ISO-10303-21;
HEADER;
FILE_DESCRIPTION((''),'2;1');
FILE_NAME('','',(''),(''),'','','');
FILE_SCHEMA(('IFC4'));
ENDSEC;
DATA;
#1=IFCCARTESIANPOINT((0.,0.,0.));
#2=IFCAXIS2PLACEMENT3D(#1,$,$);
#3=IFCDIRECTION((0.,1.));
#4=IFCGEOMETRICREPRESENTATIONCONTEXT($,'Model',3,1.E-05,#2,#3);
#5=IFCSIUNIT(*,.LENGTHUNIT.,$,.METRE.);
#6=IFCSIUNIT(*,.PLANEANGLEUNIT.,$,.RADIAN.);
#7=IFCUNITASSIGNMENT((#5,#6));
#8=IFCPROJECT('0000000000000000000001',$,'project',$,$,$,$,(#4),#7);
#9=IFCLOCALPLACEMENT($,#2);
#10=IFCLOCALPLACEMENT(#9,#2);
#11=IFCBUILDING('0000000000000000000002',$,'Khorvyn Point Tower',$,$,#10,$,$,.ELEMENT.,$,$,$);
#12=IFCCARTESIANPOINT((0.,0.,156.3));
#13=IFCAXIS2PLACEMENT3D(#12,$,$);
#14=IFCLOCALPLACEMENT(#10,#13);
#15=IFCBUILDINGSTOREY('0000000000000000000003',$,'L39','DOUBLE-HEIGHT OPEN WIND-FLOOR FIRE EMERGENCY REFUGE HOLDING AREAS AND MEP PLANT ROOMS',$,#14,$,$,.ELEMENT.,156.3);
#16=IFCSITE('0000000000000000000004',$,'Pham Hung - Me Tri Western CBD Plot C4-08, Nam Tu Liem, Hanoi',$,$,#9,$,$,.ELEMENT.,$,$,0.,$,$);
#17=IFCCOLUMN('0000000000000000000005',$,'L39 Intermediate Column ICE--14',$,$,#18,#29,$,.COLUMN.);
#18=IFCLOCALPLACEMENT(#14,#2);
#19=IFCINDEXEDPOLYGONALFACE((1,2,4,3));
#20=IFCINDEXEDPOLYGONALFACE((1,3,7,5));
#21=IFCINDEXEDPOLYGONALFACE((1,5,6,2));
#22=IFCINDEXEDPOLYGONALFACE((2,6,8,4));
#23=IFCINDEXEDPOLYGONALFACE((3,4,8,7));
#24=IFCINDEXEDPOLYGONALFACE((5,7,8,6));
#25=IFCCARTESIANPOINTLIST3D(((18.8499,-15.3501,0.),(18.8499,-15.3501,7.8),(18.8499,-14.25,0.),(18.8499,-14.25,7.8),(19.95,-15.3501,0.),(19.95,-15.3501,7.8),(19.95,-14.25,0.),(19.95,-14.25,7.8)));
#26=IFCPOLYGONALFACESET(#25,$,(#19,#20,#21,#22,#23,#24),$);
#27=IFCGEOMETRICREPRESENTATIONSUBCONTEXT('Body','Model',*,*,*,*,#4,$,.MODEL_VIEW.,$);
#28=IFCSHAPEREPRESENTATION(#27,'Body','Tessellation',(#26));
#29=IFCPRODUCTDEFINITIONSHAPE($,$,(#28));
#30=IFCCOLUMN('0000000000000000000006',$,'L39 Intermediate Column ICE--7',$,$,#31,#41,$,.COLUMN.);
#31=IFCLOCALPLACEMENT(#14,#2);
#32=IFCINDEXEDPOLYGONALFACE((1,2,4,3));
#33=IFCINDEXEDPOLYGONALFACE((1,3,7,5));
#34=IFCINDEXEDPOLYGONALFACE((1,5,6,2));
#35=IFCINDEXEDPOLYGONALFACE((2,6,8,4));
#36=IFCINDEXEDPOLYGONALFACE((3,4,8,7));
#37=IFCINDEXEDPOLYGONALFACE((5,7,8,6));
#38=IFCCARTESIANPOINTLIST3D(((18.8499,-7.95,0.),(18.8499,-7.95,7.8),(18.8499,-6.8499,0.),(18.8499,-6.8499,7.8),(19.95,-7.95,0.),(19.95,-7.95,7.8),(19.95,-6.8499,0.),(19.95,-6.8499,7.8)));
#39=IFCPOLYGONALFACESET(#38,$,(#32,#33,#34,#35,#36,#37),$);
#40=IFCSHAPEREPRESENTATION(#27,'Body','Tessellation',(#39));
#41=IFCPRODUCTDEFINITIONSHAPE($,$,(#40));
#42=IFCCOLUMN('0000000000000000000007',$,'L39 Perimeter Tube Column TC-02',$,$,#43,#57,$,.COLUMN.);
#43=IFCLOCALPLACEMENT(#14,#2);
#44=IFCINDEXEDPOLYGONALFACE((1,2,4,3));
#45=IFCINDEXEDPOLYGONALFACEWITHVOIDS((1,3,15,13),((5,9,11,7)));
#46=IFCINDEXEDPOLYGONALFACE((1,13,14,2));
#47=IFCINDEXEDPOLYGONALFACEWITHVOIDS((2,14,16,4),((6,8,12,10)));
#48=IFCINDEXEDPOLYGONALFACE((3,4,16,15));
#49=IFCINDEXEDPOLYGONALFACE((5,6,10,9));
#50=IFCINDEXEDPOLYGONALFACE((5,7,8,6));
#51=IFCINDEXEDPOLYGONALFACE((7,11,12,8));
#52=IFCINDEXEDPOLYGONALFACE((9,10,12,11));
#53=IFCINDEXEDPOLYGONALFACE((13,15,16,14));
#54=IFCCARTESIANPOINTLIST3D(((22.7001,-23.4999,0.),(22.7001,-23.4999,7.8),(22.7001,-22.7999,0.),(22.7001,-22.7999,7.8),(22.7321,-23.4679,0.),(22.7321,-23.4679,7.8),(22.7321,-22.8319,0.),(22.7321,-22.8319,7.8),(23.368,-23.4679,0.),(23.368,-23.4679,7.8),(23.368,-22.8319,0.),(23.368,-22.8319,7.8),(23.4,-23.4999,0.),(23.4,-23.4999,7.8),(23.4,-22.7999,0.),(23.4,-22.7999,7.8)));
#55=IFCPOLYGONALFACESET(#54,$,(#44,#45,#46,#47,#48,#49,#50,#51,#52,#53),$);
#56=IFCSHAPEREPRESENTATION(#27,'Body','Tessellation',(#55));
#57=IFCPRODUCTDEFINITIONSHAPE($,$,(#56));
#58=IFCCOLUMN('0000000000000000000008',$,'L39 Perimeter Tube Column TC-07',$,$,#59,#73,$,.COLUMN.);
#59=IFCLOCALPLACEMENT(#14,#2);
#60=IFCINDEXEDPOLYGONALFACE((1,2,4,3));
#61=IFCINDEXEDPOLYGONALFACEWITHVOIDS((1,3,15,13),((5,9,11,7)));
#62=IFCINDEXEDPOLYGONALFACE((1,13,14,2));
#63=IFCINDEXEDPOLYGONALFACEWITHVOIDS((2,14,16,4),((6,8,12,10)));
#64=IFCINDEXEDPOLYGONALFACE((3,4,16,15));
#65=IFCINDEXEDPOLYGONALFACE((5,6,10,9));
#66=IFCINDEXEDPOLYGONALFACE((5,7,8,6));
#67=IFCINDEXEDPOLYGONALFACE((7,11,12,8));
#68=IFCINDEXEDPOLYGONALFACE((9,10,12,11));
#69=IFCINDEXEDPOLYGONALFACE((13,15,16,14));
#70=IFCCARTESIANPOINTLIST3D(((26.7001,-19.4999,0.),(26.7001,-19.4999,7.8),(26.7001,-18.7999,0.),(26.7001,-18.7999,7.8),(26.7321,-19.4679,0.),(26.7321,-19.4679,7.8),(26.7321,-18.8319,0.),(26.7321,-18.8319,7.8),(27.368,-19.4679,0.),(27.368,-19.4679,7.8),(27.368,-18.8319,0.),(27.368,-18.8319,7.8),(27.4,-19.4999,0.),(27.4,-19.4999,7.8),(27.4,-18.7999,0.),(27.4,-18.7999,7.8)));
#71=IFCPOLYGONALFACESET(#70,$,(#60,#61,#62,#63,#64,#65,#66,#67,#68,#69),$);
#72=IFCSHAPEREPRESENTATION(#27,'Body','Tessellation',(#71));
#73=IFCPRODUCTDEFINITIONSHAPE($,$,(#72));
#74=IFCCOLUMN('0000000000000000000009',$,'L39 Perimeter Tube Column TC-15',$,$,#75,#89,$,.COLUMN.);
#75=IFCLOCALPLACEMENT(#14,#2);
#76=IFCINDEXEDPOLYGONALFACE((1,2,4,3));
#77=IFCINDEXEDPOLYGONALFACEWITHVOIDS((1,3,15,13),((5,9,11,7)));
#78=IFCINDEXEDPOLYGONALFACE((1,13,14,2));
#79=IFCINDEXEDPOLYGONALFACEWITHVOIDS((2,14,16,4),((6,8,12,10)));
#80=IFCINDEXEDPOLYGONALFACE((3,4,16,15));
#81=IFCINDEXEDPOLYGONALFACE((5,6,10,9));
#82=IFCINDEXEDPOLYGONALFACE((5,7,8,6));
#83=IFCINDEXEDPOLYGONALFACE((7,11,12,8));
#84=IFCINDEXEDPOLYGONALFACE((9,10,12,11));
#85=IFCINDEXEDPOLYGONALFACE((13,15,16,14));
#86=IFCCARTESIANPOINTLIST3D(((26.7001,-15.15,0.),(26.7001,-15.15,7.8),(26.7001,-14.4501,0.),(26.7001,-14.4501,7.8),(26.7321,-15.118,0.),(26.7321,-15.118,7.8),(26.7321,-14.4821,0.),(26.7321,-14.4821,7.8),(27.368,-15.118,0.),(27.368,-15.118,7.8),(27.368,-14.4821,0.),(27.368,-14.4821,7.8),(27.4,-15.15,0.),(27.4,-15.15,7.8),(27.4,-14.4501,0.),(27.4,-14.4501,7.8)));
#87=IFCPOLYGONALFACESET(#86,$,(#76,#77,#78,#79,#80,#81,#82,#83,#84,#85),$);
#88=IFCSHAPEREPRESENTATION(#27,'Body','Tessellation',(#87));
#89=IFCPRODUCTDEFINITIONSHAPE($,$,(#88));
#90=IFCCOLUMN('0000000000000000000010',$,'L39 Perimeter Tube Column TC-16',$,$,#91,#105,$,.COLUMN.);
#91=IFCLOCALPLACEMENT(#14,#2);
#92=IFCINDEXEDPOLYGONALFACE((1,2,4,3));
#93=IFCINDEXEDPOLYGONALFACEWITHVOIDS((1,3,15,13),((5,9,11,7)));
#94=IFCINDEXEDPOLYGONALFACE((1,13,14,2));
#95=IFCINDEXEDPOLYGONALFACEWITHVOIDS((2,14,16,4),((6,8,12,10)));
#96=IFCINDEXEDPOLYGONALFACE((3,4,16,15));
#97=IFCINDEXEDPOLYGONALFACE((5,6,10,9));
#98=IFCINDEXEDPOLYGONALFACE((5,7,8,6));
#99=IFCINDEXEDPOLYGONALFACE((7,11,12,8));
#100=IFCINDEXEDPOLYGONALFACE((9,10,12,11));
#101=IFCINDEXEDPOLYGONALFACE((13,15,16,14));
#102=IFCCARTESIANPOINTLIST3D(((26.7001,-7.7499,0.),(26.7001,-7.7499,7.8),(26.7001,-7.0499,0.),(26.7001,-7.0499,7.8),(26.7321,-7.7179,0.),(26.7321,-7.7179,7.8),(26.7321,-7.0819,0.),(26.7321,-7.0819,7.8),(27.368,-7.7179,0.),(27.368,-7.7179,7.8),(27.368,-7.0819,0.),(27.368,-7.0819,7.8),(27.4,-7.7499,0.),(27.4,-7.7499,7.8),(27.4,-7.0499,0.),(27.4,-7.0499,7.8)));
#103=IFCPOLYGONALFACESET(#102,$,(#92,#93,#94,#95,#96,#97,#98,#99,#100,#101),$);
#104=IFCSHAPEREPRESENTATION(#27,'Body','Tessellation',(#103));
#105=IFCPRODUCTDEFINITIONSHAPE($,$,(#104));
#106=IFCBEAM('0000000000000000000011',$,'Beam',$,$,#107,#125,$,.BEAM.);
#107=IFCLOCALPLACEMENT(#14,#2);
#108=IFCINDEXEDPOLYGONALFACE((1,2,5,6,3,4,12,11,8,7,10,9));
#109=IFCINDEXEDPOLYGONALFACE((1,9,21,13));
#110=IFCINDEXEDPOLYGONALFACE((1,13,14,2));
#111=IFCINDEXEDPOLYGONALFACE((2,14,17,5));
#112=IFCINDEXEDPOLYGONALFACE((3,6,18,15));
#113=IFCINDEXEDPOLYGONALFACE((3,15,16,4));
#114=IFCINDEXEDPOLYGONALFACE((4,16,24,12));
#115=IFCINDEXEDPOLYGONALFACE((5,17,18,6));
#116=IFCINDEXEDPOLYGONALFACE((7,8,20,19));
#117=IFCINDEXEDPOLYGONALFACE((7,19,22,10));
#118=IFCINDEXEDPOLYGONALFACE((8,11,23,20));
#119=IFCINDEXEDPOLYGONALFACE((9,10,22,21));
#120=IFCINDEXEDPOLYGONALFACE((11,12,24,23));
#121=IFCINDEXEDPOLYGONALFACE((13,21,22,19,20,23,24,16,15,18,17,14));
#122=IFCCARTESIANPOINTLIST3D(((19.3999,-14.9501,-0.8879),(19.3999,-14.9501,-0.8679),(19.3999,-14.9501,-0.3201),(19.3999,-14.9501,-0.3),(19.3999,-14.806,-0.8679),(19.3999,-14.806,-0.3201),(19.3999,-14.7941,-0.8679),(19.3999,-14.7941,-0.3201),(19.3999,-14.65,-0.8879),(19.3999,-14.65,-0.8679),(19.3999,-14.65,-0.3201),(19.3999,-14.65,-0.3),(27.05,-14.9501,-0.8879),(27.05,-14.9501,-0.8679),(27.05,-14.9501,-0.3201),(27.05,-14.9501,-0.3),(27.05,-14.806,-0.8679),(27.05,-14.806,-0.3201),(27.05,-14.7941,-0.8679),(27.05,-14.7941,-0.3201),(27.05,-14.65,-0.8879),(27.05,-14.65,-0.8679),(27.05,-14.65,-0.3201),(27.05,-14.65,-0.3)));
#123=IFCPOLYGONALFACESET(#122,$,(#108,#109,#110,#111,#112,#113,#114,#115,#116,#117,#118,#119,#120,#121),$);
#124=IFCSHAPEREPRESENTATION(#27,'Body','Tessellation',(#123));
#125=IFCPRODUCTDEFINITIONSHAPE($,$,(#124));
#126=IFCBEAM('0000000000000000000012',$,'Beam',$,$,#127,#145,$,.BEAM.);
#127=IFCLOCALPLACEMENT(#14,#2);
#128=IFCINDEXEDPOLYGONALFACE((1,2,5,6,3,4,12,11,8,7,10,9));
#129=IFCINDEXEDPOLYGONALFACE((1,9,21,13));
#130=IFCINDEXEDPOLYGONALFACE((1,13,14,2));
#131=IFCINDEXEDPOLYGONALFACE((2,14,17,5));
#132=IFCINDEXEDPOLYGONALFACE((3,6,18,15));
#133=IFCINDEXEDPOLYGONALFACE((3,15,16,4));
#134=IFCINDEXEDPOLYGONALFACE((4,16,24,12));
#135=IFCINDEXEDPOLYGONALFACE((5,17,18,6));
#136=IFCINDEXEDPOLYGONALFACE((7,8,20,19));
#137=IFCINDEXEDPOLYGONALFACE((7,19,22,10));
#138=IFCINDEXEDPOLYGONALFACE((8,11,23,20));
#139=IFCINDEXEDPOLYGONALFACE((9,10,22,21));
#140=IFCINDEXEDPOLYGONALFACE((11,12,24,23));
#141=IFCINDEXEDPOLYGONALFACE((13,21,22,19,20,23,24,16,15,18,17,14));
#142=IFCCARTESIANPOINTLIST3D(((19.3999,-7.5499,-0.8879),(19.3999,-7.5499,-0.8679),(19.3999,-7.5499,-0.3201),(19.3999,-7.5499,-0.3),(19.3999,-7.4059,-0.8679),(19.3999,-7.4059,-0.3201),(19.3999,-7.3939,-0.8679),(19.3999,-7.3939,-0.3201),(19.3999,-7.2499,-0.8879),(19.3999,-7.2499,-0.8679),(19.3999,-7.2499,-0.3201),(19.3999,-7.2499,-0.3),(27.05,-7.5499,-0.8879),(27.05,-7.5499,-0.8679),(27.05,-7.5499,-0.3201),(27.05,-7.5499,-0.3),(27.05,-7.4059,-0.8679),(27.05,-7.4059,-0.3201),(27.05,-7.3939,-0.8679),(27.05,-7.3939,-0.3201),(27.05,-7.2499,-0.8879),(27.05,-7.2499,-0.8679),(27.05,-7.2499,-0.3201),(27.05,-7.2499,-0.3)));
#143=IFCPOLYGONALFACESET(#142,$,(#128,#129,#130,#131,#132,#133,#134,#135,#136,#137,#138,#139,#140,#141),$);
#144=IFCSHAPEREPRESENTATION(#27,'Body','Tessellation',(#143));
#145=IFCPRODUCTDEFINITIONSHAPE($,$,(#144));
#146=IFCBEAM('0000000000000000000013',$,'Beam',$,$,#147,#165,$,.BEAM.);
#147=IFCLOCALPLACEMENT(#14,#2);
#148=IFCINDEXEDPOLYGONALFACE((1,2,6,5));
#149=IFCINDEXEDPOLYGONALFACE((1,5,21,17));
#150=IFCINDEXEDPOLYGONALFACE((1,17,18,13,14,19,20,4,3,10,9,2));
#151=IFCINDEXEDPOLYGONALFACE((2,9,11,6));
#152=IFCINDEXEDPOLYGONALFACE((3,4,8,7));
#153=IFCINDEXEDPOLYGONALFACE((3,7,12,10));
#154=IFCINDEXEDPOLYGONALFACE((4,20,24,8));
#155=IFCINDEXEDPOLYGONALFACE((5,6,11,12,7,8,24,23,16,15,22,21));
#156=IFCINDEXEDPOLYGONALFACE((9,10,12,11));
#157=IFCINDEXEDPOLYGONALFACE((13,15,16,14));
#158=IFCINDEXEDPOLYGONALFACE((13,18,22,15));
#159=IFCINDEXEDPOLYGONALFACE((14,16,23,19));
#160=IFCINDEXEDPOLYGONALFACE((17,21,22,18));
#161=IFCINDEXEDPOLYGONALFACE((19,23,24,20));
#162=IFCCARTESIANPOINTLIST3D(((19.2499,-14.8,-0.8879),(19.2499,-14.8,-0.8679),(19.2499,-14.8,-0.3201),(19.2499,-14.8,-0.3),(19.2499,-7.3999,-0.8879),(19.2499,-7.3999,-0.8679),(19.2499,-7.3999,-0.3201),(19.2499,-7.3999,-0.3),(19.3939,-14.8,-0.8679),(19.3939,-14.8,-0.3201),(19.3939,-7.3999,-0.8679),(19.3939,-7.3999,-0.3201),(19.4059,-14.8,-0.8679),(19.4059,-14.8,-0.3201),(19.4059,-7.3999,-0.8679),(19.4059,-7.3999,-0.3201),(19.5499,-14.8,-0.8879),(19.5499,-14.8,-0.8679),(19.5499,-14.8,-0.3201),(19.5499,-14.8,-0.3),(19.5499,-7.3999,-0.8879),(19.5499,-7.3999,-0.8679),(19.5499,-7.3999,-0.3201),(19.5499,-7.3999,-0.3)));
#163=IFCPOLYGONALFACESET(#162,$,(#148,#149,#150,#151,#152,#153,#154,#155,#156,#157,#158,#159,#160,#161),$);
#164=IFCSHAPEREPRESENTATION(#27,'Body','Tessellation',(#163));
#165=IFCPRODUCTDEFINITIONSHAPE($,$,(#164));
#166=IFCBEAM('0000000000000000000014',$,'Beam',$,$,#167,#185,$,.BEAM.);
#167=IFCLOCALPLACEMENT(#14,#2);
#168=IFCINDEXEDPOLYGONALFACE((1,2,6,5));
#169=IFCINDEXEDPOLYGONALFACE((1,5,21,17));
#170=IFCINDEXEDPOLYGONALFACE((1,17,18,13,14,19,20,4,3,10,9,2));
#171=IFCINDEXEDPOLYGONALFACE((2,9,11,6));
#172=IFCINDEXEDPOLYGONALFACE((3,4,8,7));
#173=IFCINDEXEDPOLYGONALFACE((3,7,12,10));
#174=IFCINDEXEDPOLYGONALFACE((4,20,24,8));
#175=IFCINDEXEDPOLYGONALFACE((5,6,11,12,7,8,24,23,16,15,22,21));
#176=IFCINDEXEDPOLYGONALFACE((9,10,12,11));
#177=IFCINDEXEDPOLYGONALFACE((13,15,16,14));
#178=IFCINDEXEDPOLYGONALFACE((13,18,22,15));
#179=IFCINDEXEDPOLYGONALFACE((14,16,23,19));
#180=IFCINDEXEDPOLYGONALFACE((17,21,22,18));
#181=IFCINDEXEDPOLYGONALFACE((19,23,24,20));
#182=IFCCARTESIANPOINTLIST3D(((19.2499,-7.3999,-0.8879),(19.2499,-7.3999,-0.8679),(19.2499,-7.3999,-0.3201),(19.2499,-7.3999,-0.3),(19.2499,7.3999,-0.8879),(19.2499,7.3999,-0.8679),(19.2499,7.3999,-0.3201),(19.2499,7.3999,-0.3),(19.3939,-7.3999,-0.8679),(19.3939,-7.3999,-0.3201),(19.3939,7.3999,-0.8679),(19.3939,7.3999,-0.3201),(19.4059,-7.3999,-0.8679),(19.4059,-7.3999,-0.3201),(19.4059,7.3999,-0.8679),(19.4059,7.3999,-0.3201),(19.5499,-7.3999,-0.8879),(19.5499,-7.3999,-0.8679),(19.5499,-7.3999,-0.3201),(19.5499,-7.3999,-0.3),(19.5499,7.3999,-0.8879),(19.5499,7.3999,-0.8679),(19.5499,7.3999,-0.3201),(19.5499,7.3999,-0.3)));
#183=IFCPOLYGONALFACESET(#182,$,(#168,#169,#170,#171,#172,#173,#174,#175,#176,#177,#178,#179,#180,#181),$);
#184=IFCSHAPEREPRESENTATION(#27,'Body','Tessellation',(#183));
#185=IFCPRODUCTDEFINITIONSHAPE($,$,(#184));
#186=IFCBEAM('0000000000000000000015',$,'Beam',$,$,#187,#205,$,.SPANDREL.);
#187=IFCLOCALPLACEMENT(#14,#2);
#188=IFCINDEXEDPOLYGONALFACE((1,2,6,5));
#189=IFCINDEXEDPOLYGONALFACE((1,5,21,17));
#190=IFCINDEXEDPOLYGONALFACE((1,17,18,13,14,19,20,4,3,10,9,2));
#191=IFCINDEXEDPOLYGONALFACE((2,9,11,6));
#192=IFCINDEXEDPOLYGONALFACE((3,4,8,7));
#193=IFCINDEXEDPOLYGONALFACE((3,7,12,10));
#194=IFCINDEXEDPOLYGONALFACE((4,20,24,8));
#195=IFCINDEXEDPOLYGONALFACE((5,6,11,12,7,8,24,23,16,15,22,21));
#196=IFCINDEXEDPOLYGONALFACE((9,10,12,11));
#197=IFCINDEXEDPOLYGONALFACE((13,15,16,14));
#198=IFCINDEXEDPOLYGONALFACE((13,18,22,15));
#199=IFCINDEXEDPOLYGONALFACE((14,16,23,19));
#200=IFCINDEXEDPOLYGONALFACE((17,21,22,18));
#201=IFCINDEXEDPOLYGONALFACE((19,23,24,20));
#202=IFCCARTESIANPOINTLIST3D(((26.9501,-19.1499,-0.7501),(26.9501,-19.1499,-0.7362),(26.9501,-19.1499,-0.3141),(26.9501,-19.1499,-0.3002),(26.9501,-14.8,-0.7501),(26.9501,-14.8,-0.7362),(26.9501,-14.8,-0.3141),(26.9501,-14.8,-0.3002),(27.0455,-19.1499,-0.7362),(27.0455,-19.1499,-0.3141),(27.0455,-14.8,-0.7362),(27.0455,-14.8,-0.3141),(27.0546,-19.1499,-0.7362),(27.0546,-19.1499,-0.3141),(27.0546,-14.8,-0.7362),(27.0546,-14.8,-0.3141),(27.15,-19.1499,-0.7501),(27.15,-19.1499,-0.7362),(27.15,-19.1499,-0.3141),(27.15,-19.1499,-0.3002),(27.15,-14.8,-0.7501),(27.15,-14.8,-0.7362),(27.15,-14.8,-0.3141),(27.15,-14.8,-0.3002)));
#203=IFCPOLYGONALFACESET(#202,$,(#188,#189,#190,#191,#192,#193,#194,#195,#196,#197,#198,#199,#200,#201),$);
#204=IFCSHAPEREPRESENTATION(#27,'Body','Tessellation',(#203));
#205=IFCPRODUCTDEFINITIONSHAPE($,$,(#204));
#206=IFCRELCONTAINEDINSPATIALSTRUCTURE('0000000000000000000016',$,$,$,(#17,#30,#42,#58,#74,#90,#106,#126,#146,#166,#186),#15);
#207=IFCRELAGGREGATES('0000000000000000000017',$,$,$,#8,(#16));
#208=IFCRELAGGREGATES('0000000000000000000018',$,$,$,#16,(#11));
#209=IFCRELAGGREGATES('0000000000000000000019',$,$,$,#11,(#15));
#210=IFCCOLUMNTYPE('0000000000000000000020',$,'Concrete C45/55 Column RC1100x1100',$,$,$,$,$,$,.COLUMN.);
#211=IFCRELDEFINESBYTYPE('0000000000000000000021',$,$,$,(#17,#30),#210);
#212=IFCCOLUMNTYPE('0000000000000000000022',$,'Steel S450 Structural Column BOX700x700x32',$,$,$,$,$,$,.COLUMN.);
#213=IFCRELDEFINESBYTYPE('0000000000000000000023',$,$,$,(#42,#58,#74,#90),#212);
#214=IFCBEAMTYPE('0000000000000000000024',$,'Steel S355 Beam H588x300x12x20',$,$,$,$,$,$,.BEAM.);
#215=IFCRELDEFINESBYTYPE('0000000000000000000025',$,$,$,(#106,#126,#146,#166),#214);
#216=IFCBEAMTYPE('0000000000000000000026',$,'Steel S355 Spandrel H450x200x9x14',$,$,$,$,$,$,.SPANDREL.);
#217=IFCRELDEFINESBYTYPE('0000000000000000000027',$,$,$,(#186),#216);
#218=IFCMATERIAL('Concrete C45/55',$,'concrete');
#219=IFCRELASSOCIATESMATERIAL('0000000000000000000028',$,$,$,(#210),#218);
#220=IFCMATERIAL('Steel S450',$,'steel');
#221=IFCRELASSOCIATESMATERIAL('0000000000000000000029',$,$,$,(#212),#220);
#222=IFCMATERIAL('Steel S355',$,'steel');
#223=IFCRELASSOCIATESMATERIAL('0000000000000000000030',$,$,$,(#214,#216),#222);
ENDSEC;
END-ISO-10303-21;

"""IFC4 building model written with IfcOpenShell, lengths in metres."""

from ifc_helpers import new_model, si_unit, direction, frame, origin, origin_2d, place, context, subcontext, project, spatial, rectangle, hollow_rectangle, i_section, extrude, material, material_profile, profile_set, type_object, element, save


model = new_model("IFC4")

# Units and contexts
model_context = context("Model", 3, precision=1e-05, world=origin(), true_north=direction((0.0, 1.0)))
body_context = subcontext(model_context, "Body", "Model", "MODEL_VIEW")
ifc_project = project(units=[si_unit("LENGTHUNIT", "METRE"), si_unit("PLANEANGLEUNIT", "RADIAN")], contexts=[model_context])

# Site, building, storey
site_placement = place(None, origin())
site = spatial("IfcSite", under=ifc_project, at=site_placement, Name="Pham Hung - Me Tri Western CBD Plot C4-08, Nam Tu Liem, Hanoi", CompositionType="ELEMENT", RefElevation=0.0)
building_placement = place(site_placement, origin())
building = spatial("IfcBuilding", under=site, at=building_placement, Name="Khorvyn Point Tower", CompositionType="ELEMENT")
storey_placement = place(building_placement, frame((0.0, 0.0, 156.3)))
storey = spatial("IfcBuildingStorey", under=building, at=storey_placement, Name="L39", Description="DOUBLE-HEIGHT OPEN WIND-FLOOR FIRE EMERGENCY REFUGE HOLDING AREAS AND MEP PLANT ROOMS", CompositionType="ELEMENT", Elevation=156.3)

# Columns
ifc_material_1 = material(Name="Concrete C45/55", Category="concrete")
ifc_material_profile_1 = material_profile(ifc_material_1, rectangle(XDim=1.1001, YDim=1.1001, at=origin_2d()))
ifc_profile_set_1 = profile_set([ifc_material_profile_1], Name="Concrete C45/55 RC1100x1100")
column_type_1 = type_object("IfcColumnType", Name="Concrete C45/55 Column RC1100x1100", PredefinedType="COLUMN", material=ifc_profile_set_1)
for number, where, z_axis, x_axis, name in (
    (1, (19.3999, -14.8, 0.0), (0.0, 0.0, 1.0), (1.0, 0.0, 0.0), "L39 Intermediate Column ICE--14"),
    (2, (19.3999, -7.3999, 0.0), (0.0, 0.0, 1.0), (1.0, 0.0, 0.0), "L39 Intermediate Column ICE--7"),
):
    element("IfcColumn", number, at=place(storey_placement, frame(where, z_axis=z_axis, x_axis=x_axis)), inside=storey, type_object=column_type_1, Name=name, PredefinedType="COLUMN", context=body_context, shape_type="SweptSolid", body=[
        extrude(rectangle(XDim=1.1001, YDim=1.1001, at=origin_2d()), origin(), (0.0, 0.0, 1.0), 7.8),
    ])
ifc_material_2 = material(Name="Steel S450", Category="steel")
ifc_material_profile_2 = material_profile(ifc_material_2, hollow_rectangle(XDim=0.7, YDim=0.7, WallThickness=0.032, at=origin_2d()))
ifc_profile_set_2 = profile_set([ifc_material_profile_2], Name="Steel S450 BOX700x700x32")
column_type_2 = type_object("IfcColumnType", Name="Steel S450 Structural Column BOX700x700x32", PredefinedType="COLUMN", material=ifc_profile_set_2)
for number, where, z_axis, x_axis, name in (
    (3, (23.05, -23.1499, 0.0), (0.0, 0.0, 1.0), (1.0, 0.0, 0.0), "L39 Perimeter Tube Column TC-02"),
    (4, (27.05, -19.1499, 0.0), (0.0, 0.0, 1.0), (1.0, 0.0, 0.0), "L39 Perimeter Tube Column TC-07"),
    (5, (27.05, -14.8, 0.0), (0.0, 0.0, 1.0), (1.0, 0.0, 0.0), "L39 Perimeter Tube Column TC-15"),
    (6, (27.05, -7.3999, 0.0), (0.0, 0.0, 1.0), (1.0, 0.0, 0.0), "L39 Perimeter Tube Column TC-16"),
):
    element("IfcColumn", number, at=place(storey_placement, frame(where, z_axis=z_axis, x_axis=x_axis)), inside=storey, type_object=column_type_2, Name=name, PredefinedType="COLUMN", context=body_context, shape_type="SweptSolid", body=[
        extrude(hollow_rectangle(XDim=0.7, YDim=0.7, WallThickness=0.032, at=origin_2d()), origin(), (0.0, 0.0, 1.0), 7.8),
    ])

# Beams
ifc_material_3 = material(Name="Steel S355", Category="steel")
ifc_material_profile_3 = material_profile(ifc_material_3, i_section(OverallWidth=0.3, OverallDepth=0.5879, WebThickness=0.012, FlangeThickness=0.02, at=origin_2d()))
ifc_profile_set_3 = profile_set([ifc_material_profile_3], Name="Steel S355 H588x300x12x20")
beam_type_1 = type_object("IfcBeamType", Name="Steel S355 Beam H588x300x12x20", PredefinedType="BEAM", material=ifc_profile_set_3)
for number, where, z_axis, x_axis, name in (
    (7, (19.3999, -14.8, -0.594), (1.0, 0.0, 0.0), (0.0, 1.0, 0.0), "Beam"),
    (8, (19.3999, -7.3999, -0.594), (1.0, 0.0, 0.0), (0.0, 1.0, 0.0), "Beam"),
):
    element("IfcBeam", number, at=place(storey_placement, frame(where, z_axis=z_axis, x_axis=x_axis)), inside=storey, type_object=beam_type_1, Name=name, PredefinedType="BEAM", context=body_context, shape_type="SweptSolid", body=[
        extrude(i_section(OverallWidth=0.3, OverallDepth=0.5879, WebThickness=0.012, FlangeThickness=0.02, at=origin_2d()), origin(), (0.0, 0.0, 1.0), 7.6501),
    ])
beam_1_placement = place(storey_placement, frame((19.3999, -14.8, -0.594), z_axis=(0.0, 1.0, 0.0), x_axis=(-1.0, 0.0, 0.0)))
element("IfcBeam", 9, at=beam_1_placement, inside=storey, type_object=beam_type_1, Name="Beam", PredefinedType="BEAM", context=body_context, shape_type="SweptSolid", body=[
    extrude(i_section(OverallWidth=0.3, OverallDepth=0.5879, WebThickness=0.012, FlangeThickness=0.02, at=origin_2d()), origin(), (0.0, 0.0, 1.0), 7.4001),
])
beam_2_placement = place(storey_placement, frame((19.3999, -7.3999, -0.594), z_axis=(0.0, 1.0, 0.0), x_axis=(-1.0, 0.0, 0.0)))
element("IfcBeam", 10, at=beam_2_placement, inside=storey, type_object=beam_type_1, Name="Beam", PredefinedType="BEAM", context=body_context, shape_type="SweptSolid", body=[
    extrude(i_section(OverallWidth=0.3, OverallDepth=0.5879, WebThickness=0.012, FlangeThickness=0.02, at=origin_2d()), origin(), (0.0, 0.0, 1.0), 14.7998),
])
ifc_material_profile_4 = material_profile(ifc_material_3, i_section(OverallWidth=0.2, OverallDepth=0.45, WebThickness=0.009, FlangeThickness=0.0139, at=origin_2d()))
ifc_profile_set_4 = profile_set([ifc_material_profile_4], Name="Steel S355 H450x200x9x14")
beam_type_2 = type_object("IfcBeamType", Name="Steel S355 Spandrel H450x200x9x14", PredefinedType="SPANDREL", material=ifc_profile_set_4)
beam_3_placement = place(storey_placement, frame((27.05, -19.1499, -0.5251), z_axis=(0.0, 1.0, 0.0), x_axis=(-1.0, 0.0, 0.0)))
element("IfcBeam", 11, at=beam_3_placement, inside=storey, type_object=beam_type_2, Name="Beam", PredefinedType="SPANDREL", context=body_context, shape_type="SweptSolid", body=[
    extrude(i_section(OverallWidth=0.2, OverallDepth=0.45, WebThickness=0.009, FlangeThickness=0.0139, at=origin_2d()), origin(), (0.0, 0.0, 1.0), 4.3499),
])

save(model, "model.ifc")
